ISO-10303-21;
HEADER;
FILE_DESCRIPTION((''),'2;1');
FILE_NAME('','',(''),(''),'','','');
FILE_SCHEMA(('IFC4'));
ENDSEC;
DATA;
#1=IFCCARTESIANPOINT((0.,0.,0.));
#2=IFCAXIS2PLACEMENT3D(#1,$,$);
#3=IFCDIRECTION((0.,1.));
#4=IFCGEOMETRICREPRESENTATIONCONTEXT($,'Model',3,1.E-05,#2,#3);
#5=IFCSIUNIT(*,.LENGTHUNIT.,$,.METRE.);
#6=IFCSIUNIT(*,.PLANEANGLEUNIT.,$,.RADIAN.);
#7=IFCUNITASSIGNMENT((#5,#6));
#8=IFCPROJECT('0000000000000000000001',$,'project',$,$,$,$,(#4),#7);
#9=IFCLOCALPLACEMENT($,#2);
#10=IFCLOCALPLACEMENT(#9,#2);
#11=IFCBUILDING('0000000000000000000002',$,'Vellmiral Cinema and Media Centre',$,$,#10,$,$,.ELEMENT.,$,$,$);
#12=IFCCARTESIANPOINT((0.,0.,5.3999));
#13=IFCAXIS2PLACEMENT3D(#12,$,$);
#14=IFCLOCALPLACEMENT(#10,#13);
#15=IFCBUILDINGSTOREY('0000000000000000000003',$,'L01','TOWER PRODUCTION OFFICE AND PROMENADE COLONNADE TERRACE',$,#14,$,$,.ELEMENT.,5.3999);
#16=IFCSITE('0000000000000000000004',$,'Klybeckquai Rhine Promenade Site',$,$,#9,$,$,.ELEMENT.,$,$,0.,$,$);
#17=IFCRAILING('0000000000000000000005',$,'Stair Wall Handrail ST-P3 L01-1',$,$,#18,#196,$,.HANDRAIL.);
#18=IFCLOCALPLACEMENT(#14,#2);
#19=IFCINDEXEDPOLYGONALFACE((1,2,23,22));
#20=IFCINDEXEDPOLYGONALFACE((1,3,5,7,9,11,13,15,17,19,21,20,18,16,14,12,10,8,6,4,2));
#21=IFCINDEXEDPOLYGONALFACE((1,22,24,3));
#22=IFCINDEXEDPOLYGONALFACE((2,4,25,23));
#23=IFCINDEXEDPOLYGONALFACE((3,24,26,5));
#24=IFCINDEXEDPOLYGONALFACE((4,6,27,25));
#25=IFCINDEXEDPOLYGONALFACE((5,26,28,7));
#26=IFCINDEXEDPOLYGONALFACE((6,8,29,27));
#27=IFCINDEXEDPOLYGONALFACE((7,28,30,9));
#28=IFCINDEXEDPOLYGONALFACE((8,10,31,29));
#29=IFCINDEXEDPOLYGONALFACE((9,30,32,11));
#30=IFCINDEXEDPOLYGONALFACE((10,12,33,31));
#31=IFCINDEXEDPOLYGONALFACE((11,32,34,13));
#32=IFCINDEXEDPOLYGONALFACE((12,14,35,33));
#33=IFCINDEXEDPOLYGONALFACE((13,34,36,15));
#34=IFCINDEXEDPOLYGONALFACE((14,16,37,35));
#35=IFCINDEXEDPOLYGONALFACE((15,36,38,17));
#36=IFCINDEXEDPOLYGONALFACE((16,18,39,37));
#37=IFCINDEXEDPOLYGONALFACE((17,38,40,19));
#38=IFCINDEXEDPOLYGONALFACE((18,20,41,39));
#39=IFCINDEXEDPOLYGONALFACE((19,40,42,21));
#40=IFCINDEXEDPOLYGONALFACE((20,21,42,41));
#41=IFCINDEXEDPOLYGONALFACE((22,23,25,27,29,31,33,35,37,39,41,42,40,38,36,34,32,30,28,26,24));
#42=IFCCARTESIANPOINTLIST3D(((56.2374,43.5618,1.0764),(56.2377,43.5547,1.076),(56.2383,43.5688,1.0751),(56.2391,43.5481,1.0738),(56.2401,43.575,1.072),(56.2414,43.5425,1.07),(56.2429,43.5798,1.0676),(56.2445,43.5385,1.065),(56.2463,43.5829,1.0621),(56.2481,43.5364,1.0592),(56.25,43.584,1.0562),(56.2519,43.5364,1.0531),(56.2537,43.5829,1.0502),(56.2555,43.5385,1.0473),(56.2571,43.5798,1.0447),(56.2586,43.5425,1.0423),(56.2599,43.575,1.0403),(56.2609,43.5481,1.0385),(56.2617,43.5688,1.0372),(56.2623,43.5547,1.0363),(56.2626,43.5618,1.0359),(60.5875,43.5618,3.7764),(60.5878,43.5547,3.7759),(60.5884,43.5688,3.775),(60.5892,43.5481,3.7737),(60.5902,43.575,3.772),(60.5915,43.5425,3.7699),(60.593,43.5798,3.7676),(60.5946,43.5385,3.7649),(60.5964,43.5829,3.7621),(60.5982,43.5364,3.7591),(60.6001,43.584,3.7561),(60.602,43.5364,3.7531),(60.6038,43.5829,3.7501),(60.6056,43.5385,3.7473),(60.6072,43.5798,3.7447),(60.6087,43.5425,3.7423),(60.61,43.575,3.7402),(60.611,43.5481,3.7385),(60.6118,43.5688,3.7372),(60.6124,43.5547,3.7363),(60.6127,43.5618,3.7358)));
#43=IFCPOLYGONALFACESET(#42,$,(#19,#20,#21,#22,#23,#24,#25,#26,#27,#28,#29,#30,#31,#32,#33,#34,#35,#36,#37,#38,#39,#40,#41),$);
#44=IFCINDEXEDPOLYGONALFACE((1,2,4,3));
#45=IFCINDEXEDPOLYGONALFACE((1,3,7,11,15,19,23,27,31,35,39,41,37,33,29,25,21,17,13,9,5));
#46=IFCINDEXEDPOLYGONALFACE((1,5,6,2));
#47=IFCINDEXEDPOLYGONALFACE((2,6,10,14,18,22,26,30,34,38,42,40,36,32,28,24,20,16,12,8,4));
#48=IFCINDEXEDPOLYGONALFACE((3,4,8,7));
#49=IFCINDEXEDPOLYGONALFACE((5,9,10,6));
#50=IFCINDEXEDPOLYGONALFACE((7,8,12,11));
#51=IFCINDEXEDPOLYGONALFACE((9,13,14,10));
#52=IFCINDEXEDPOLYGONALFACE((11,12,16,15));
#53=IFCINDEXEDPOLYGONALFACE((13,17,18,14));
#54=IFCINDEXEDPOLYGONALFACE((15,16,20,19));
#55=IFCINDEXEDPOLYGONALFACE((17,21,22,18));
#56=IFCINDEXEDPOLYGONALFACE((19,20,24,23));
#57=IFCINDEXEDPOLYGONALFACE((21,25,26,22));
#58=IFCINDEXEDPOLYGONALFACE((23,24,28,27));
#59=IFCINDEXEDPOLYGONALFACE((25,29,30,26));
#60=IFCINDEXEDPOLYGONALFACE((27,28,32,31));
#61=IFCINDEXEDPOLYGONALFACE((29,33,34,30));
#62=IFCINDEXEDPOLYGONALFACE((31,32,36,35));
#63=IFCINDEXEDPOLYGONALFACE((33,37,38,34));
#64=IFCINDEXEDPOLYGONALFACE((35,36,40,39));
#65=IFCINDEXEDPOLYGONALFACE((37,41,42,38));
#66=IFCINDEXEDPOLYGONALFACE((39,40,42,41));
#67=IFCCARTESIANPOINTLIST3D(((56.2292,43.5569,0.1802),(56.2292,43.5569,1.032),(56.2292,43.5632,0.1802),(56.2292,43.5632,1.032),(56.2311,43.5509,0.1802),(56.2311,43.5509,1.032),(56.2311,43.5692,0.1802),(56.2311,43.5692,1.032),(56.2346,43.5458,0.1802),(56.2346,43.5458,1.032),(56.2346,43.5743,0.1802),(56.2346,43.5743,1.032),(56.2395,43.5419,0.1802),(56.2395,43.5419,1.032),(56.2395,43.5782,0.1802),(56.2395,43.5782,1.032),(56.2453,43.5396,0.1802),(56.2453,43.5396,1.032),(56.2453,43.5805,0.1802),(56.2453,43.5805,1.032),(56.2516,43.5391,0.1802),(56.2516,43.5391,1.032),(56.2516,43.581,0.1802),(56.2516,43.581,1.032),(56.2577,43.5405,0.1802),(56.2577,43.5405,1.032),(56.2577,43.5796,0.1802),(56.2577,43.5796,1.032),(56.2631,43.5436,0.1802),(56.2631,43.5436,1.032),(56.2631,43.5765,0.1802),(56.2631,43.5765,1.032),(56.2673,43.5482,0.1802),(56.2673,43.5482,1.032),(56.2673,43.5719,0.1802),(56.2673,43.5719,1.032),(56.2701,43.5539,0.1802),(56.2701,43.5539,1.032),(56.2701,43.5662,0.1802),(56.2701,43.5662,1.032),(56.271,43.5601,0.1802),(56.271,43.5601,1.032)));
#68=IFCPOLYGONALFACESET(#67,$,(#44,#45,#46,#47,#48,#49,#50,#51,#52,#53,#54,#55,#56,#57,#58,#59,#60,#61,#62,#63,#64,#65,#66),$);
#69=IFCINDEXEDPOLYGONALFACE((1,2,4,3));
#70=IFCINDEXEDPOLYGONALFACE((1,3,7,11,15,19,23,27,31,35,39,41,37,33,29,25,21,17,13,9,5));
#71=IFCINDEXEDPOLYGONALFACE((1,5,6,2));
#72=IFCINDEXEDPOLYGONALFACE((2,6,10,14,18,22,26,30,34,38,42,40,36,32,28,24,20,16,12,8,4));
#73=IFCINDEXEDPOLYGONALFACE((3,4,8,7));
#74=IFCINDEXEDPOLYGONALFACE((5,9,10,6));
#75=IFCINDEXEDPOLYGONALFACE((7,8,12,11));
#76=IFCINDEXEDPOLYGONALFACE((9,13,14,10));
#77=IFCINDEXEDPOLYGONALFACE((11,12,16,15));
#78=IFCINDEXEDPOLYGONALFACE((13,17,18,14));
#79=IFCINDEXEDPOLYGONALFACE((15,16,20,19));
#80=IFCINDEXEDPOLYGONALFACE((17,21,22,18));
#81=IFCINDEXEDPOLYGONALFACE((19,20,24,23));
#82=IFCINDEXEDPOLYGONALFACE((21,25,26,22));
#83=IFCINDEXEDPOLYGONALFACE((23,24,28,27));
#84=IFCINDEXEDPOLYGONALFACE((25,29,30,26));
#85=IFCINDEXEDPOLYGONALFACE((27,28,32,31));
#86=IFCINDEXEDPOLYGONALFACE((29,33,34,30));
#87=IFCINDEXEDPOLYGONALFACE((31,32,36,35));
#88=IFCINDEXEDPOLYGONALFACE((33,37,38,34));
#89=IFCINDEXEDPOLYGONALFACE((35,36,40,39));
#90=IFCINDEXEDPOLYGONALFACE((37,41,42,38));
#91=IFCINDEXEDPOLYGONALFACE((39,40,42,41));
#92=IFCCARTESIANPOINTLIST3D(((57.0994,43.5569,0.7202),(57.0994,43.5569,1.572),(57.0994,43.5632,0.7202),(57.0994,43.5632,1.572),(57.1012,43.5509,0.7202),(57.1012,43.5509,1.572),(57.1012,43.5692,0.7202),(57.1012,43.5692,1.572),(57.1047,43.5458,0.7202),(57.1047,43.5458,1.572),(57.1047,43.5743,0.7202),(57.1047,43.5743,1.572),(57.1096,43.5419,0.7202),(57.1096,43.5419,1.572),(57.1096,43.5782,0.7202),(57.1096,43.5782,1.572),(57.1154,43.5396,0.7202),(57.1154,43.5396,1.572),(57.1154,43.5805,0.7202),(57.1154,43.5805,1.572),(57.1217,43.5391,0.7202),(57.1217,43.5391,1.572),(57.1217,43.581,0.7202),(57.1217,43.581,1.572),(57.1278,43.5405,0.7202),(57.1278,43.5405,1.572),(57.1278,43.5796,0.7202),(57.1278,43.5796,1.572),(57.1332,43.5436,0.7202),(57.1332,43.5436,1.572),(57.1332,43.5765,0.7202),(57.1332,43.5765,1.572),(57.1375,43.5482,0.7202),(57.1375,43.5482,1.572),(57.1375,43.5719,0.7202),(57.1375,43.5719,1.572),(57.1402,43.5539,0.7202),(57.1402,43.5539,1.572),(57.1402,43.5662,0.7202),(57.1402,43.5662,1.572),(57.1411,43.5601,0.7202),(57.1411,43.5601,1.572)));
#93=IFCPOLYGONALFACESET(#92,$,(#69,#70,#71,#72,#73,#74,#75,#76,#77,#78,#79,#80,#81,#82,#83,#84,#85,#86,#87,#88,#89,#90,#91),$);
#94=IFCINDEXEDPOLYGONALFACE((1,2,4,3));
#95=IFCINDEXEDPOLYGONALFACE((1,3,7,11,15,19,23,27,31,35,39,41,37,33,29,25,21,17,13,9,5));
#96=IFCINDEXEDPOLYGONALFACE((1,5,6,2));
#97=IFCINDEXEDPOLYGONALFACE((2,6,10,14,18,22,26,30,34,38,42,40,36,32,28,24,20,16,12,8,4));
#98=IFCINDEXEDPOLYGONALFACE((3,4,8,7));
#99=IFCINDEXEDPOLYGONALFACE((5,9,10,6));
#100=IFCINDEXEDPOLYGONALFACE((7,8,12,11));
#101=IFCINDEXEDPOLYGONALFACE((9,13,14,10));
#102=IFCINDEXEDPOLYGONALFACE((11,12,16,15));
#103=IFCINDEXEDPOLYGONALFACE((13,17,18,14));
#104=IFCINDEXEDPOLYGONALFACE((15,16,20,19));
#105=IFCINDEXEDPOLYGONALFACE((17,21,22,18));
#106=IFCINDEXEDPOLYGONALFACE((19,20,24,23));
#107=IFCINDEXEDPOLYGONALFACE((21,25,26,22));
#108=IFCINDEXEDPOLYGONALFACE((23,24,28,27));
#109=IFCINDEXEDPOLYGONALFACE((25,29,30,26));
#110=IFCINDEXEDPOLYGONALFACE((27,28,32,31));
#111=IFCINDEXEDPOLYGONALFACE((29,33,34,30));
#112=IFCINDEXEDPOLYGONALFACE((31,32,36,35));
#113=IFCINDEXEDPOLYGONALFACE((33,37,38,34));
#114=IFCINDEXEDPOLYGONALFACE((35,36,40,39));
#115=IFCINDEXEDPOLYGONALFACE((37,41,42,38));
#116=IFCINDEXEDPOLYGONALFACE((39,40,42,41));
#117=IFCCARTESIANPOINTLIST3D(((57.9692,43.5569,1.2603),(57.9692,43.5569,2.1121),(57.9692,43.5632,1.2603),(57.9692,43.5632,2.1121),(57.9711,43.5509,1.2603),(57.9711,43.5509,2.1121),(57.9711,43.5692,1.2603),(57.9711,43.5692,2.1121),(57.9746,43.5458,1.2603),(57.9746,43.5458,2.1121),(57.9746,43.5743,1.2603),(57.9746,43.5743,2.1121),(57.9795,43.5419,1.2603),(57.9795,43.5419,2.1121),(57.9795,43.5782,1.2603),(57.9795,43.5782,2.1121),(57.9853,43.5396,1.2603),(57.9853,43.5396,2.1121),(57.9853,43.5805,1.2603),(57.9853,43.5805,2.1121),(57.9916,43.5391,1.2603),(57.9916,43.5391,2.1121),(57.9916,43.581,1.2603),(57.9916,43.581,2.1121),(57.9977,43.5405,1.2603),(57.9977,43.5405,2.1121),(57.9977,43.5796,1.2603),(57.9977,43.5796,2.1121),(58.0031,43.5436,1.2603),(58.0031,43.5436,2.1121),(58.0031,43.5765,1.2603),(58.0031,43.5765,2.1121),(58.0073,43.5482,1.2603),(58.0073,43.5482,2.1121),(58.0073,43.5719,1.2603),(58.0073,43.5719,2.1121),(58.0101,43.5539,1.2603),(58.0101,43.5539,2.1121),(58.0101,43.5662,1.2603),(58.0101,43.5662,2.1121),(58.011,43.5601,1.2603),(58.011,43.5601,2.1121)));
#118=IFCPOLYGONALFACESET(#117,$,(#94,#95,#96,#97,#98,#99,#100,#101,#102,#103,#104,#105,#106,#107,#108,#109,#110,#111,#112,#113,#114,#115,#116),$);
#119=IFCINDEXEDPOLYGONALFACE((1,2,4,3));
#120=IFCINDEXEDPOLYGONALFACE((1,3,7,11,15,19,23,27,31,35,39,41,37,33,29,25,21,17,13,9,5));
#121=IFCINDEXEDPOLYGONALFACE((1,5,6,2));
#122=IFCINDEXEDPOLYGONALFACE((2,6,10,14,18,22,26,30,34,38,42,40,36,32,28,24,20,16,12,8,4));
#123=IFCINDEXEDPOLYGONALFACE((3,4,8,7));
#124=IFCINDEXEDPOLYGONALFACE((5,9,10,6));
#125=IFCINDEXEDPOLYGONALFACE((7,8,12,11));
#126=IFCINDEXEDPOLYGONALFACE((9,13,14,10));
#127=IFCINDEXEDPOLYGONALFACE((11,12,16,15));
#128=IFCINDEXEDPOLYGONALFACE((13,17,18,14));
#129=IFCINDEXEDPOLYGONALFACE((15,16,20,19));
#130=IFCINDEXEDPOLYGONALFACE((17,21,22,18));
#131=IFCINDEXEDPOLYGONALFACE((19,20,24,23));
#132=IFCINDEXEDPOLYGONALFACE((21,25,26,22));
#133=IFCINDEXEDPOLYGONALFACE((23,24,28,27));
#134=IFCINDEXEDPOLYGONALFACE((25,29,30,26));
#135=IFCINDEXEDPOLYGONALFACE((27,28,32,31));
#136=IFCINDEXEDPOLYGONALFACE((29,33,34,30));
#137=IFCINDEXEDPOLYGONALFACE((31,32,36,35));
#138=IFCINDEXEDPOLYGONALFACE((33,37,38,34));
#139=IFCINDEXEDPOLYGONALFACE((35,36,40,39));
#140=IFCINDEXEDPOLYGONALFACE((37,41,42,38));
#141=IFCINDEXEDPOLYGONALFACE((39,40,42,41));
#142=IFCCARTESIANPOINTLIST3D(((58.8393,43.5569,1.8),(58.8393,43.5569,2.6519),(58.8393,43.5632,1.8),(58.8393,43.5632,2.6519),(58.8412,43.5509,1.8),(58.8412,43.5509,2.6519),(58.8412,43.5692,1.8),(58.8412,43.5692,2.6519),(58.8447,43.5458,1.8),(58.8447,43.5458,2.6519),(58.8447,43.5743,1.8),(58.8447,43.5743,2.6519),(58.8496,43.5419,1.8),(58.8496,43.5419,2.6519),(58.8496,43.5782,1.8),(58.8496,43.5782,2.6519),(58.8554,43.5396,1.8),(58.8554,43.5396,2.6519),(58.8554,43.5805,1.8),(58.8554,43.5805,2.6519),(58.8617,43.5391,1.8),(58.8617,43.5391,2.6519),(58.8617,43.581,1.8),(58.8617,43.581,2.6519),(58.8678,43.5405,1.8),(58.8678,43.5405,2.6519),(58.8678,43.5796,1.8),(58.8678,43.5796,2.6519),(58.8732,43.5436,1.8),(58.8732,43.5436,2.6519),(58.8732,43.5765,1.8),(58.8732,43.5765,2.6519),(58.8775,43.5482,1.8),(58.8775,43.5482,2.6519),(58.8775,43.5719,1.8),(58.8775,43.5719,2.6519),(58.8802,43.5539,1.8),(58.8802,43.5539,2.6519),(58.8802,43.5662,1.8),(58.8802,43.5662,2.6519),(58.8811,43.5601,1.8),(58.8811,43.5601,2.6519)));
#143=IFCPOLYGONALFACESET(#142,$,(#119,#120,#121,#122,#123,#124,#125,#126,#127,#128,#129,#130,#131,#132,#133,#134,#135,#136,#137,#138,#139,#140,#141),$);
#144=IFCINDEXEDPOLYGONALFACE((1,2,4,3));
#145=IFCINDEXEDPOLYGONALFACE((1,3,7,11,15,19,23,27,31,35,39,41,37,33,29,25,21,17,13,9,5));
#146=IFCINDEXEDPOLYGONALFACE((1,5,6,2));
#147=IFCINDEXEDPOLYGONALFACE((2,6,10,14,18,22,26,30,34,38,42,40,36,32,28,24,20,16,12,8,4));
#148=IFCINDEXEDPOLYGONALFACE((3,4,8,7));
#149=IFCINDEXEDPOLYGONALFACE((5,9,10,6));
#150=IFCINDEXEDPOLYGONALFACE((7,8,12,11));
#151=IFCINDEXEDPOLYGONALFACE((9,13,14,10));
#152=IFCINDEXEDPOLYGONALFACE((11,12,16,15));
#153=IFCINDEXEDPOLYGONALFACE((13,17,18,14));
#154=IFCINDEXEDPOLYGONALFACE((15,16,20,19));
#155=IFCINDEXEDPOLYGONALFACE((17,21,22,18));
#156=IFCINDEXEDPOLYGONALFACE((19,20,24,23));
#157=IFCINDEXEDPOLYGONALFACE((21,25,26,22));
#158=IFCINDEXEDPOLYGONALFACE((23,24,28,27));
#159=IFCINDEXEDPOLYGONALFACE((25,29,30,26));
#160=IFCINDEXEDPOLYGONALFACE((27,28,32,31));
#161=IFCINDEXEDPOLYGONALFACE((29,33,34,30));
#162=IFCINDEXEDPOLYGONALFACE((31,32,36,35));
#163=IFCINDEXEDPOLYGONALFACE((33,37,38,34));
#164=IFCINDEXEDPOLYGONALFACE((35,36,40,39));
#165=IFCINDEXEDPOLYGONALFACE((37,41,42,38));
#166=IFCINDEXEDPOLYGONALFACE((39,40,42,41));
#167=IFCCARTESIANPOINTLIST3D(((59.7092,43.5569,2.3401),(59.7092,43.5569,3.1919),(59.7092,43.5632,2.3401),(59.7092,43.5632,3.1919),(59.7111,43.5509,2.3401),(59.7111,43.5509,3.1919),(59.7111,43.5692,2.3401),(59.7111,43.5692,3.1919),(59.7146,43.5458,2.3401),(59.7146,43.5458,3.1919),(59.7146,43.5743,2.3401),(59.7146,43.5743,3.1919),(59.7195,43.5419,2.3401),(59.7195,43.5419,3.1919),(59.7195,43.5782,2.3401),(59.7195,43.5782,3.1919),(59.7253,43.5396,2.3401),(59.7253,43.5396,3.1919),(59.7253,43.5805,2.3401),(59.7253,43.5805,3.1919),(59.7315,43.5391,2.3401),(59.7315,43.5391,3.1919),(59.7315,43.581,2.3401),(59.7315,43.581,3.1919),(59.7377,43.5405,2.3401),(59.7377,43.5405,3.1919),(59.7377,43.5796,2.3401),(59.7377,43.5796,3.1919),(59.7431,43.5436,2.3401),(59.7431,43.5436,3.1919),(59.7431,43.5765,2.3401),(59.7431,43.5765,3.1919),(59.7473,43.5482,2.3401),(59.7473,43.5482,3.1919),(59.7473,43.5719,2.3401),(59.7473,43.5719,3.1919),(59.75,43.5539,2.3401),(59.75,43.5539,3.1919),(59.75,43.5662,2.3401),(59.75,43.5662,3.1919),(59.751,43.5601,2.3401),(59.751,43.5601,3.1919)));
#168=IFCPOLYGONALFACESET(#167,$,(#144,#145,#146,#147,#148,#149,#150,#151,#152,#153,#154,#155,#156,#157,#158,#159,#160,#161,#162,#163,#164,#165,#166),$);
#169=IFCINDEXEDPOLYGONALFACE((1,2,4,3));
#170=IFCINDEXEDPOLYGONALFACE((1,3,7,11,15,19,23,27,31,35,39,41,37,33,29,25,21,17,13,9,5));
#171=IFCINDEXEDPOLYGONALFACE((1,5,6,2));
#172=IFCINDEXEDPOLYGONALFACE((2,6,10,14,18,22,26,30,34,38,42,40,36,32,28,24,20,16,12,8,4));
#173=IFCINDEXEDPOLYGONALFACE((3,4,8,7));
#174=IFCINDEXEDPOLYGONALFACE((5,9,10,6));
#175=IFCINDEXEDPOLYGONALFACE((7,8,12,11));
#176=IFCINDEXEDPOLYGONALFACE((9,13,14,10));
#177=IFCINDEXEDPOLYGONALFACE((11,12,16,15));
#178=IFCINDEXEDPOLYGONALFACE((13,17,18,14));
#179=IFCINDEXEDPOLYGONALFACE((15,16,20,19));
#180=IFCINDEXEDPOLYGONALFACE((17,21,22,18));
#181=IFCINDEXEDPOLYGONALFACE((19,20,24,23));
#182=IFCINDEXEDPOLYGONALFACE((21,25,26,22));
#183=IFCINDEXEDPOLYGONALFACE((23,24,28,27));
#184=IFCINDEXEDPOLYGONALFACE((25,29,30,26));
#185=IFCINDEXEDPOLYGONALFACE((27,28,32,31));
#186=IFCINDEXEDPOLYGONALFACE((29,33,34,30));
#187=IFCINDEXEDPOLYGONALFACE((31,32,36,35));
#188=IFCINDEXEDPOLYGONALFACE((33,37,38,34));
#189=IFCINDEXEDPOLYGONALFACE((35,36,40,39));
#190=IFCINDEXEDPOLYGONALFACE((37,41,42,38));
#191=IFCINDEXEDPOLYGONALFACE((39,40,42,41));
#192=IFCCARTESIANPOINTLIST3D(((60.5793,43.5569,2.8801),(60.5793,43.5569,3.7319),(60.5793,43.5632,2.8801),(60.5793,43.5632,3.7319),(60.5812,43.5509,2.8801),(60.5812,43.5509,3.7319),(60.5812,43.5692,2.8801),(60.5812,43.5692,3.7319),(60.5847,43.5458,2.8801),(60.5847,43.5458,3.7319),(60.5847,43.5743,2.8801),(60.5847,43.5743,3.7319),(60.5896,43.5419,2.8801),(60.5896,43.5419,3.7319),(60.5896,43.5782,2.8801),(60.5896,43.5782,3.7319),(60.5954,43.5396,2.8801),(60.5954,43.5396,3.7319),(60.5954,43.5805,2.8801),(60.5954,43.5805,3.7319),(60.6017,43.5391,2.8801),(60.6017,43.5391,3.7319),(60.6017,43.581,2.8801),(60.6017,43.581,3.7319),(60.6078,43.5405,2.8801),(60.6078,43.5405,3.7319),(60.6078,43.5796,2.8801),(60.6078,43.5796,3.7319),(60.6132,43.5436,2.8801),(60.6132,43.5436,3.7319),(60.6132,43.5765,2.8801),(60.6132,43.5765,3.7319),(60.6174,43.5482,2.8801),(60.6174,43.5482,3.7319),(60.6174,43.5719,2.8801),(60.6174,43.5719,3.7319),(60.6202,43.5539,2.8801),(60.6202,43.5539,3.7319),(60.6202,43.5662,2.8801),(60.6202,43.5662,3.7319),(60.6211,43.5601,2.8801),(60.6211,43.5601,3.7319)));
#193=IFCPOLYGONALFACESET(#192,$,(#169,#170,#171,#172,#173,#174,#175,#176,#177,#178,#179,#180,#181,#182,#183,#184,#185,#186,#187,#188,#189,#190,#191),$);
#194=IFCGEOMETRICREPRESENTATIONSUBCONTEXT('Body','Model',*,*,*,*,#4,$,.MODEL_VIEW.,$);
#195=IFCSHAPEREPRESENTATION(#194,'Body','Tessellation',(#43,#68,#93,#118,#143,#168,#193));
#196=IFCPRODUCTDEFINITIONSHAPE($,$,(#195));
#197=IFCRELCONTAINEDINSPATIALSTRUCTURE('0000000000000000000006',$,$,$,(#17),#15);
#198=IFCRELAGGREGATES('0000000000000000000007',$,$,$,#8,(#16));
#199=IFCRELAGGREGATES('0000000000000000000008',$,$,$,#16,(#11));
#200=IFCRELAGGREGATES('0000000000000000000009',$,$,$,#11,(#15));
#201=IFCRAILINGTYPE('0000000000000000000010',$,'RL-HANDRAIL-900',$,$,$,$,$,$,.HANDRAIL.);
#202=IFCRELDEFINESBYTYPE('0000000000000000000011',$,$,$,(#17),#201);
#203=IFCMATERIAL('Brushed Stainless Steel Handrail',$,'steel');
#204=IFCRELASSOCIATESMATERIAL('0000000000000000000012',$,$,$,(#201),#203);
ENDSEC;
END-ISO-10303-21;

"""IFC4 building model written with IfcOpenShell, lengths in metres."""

from ifc_helpers import new_model, si_unit, direction, frame, origin, origin_2d, place, context, subcontext, project, spatial, circle, extrude, material, type_object, element, save


model = new_model("IFC4")

# Units and contexts
model_context = context("Model", 3, precision=1e-05, world=origin(), true_north=direction((0.0, 1.0)))
body_context = subcontext(model_context, "Body", "Model", "MODEL_VIEW")
ifc_project = project(units=[si_unit("LENGTHUNIT", "METRE"), si_unit("PLANEANGLEUNIT", "RADIAN")], contexts=[model_context])

# Site, building, storey
site_placement = place(None, origin())
site = spatial("IfcSite", under=ifc_project, at=site_placement, Name="Klybeckquai Rhine Promenade Site", CompositionType="ELEMENT", RefElevation=0.0)
building_placement = place(site_placement, origin())
building = spatial("IfcBuilding", under=site, at=building_placement, Name="Vellmiral Cinema and Media Centre", CompositionType="ELEMENT")
storey_placement = place(building_placement, frame((0.0, 0.0, 5.3999)))
storey = spatial("IfcBuildingStorey", under=building, at=storey_placement, Name="L01", Description="TOWER PRODUCTION OFFICE AND PROMENADE COLONNADE TERRACE", CompositionType="ELEMENT", Elevation=5.3999)

# Railing
ifc_material_1 = material(Name="Brushed Stainless Steel Handrail", Category="steel")
railing_type = type_object("IfcRailingType", Name="RL-HANDRAIL-900", PredefinedType="HANDRAIL", material=ifc_material_1)
railing_placement = place(storey_placement, frame((56.25, 43.5601, 0.1802)))
element("IfcRailing", 1, at=railing_placement, inside=storey, type_object=railing_type, Name="Stair Wall Handrail ST-P3 L01-1", PredefinedType="HANDRAIL", context=body_context, shape_type="SweptSolid", body=[
    extrude(circle(Radius=0.0239, at=origin_2d()), frame((0.0, 0.0, 0.876), z_axis=(0.84965, 0.0, 0.527347), x_axis=(0.0, 1.0, 0.0)), (0.0, 0.0, 1.0), 5.1199),
    extrude(circle(Radius=0.021, at=origin_2d()), origin(), (0.0, 0.0, 1.0), 0.8518),
    extrude(circle(Radius=0.021, at=origin_2d()), frame((0.8701, 0.0, 0.54)), (0.0, 0.0, 1.0), 0.8518),
    extrude(circle(Radius=0.021, at=origin_2d()), frame((1.74, 0.0, 1.0801)), (0.0, 0.0, 1.0), 0.8518),
    extrude(circle(Radius=0.021, at=origin_2d()), frame((2.6101, 0.0, 1.6199)), (0.0, 0.0, 1.0), 0.8518),
    extrude(circle(Radius=0.021, at=origin_2d()), frame((3.48, 0.0, 2.1599)), (0.0, 0.0, 1.0), 0.8518),
    extrude(circle(Radius=0.021, at=origin_2d()), frame((4.3501, 0.0, 2.7)), (0.0, 0.0, 1.0), 0.8518),
])

save(model, "model.ifc")
